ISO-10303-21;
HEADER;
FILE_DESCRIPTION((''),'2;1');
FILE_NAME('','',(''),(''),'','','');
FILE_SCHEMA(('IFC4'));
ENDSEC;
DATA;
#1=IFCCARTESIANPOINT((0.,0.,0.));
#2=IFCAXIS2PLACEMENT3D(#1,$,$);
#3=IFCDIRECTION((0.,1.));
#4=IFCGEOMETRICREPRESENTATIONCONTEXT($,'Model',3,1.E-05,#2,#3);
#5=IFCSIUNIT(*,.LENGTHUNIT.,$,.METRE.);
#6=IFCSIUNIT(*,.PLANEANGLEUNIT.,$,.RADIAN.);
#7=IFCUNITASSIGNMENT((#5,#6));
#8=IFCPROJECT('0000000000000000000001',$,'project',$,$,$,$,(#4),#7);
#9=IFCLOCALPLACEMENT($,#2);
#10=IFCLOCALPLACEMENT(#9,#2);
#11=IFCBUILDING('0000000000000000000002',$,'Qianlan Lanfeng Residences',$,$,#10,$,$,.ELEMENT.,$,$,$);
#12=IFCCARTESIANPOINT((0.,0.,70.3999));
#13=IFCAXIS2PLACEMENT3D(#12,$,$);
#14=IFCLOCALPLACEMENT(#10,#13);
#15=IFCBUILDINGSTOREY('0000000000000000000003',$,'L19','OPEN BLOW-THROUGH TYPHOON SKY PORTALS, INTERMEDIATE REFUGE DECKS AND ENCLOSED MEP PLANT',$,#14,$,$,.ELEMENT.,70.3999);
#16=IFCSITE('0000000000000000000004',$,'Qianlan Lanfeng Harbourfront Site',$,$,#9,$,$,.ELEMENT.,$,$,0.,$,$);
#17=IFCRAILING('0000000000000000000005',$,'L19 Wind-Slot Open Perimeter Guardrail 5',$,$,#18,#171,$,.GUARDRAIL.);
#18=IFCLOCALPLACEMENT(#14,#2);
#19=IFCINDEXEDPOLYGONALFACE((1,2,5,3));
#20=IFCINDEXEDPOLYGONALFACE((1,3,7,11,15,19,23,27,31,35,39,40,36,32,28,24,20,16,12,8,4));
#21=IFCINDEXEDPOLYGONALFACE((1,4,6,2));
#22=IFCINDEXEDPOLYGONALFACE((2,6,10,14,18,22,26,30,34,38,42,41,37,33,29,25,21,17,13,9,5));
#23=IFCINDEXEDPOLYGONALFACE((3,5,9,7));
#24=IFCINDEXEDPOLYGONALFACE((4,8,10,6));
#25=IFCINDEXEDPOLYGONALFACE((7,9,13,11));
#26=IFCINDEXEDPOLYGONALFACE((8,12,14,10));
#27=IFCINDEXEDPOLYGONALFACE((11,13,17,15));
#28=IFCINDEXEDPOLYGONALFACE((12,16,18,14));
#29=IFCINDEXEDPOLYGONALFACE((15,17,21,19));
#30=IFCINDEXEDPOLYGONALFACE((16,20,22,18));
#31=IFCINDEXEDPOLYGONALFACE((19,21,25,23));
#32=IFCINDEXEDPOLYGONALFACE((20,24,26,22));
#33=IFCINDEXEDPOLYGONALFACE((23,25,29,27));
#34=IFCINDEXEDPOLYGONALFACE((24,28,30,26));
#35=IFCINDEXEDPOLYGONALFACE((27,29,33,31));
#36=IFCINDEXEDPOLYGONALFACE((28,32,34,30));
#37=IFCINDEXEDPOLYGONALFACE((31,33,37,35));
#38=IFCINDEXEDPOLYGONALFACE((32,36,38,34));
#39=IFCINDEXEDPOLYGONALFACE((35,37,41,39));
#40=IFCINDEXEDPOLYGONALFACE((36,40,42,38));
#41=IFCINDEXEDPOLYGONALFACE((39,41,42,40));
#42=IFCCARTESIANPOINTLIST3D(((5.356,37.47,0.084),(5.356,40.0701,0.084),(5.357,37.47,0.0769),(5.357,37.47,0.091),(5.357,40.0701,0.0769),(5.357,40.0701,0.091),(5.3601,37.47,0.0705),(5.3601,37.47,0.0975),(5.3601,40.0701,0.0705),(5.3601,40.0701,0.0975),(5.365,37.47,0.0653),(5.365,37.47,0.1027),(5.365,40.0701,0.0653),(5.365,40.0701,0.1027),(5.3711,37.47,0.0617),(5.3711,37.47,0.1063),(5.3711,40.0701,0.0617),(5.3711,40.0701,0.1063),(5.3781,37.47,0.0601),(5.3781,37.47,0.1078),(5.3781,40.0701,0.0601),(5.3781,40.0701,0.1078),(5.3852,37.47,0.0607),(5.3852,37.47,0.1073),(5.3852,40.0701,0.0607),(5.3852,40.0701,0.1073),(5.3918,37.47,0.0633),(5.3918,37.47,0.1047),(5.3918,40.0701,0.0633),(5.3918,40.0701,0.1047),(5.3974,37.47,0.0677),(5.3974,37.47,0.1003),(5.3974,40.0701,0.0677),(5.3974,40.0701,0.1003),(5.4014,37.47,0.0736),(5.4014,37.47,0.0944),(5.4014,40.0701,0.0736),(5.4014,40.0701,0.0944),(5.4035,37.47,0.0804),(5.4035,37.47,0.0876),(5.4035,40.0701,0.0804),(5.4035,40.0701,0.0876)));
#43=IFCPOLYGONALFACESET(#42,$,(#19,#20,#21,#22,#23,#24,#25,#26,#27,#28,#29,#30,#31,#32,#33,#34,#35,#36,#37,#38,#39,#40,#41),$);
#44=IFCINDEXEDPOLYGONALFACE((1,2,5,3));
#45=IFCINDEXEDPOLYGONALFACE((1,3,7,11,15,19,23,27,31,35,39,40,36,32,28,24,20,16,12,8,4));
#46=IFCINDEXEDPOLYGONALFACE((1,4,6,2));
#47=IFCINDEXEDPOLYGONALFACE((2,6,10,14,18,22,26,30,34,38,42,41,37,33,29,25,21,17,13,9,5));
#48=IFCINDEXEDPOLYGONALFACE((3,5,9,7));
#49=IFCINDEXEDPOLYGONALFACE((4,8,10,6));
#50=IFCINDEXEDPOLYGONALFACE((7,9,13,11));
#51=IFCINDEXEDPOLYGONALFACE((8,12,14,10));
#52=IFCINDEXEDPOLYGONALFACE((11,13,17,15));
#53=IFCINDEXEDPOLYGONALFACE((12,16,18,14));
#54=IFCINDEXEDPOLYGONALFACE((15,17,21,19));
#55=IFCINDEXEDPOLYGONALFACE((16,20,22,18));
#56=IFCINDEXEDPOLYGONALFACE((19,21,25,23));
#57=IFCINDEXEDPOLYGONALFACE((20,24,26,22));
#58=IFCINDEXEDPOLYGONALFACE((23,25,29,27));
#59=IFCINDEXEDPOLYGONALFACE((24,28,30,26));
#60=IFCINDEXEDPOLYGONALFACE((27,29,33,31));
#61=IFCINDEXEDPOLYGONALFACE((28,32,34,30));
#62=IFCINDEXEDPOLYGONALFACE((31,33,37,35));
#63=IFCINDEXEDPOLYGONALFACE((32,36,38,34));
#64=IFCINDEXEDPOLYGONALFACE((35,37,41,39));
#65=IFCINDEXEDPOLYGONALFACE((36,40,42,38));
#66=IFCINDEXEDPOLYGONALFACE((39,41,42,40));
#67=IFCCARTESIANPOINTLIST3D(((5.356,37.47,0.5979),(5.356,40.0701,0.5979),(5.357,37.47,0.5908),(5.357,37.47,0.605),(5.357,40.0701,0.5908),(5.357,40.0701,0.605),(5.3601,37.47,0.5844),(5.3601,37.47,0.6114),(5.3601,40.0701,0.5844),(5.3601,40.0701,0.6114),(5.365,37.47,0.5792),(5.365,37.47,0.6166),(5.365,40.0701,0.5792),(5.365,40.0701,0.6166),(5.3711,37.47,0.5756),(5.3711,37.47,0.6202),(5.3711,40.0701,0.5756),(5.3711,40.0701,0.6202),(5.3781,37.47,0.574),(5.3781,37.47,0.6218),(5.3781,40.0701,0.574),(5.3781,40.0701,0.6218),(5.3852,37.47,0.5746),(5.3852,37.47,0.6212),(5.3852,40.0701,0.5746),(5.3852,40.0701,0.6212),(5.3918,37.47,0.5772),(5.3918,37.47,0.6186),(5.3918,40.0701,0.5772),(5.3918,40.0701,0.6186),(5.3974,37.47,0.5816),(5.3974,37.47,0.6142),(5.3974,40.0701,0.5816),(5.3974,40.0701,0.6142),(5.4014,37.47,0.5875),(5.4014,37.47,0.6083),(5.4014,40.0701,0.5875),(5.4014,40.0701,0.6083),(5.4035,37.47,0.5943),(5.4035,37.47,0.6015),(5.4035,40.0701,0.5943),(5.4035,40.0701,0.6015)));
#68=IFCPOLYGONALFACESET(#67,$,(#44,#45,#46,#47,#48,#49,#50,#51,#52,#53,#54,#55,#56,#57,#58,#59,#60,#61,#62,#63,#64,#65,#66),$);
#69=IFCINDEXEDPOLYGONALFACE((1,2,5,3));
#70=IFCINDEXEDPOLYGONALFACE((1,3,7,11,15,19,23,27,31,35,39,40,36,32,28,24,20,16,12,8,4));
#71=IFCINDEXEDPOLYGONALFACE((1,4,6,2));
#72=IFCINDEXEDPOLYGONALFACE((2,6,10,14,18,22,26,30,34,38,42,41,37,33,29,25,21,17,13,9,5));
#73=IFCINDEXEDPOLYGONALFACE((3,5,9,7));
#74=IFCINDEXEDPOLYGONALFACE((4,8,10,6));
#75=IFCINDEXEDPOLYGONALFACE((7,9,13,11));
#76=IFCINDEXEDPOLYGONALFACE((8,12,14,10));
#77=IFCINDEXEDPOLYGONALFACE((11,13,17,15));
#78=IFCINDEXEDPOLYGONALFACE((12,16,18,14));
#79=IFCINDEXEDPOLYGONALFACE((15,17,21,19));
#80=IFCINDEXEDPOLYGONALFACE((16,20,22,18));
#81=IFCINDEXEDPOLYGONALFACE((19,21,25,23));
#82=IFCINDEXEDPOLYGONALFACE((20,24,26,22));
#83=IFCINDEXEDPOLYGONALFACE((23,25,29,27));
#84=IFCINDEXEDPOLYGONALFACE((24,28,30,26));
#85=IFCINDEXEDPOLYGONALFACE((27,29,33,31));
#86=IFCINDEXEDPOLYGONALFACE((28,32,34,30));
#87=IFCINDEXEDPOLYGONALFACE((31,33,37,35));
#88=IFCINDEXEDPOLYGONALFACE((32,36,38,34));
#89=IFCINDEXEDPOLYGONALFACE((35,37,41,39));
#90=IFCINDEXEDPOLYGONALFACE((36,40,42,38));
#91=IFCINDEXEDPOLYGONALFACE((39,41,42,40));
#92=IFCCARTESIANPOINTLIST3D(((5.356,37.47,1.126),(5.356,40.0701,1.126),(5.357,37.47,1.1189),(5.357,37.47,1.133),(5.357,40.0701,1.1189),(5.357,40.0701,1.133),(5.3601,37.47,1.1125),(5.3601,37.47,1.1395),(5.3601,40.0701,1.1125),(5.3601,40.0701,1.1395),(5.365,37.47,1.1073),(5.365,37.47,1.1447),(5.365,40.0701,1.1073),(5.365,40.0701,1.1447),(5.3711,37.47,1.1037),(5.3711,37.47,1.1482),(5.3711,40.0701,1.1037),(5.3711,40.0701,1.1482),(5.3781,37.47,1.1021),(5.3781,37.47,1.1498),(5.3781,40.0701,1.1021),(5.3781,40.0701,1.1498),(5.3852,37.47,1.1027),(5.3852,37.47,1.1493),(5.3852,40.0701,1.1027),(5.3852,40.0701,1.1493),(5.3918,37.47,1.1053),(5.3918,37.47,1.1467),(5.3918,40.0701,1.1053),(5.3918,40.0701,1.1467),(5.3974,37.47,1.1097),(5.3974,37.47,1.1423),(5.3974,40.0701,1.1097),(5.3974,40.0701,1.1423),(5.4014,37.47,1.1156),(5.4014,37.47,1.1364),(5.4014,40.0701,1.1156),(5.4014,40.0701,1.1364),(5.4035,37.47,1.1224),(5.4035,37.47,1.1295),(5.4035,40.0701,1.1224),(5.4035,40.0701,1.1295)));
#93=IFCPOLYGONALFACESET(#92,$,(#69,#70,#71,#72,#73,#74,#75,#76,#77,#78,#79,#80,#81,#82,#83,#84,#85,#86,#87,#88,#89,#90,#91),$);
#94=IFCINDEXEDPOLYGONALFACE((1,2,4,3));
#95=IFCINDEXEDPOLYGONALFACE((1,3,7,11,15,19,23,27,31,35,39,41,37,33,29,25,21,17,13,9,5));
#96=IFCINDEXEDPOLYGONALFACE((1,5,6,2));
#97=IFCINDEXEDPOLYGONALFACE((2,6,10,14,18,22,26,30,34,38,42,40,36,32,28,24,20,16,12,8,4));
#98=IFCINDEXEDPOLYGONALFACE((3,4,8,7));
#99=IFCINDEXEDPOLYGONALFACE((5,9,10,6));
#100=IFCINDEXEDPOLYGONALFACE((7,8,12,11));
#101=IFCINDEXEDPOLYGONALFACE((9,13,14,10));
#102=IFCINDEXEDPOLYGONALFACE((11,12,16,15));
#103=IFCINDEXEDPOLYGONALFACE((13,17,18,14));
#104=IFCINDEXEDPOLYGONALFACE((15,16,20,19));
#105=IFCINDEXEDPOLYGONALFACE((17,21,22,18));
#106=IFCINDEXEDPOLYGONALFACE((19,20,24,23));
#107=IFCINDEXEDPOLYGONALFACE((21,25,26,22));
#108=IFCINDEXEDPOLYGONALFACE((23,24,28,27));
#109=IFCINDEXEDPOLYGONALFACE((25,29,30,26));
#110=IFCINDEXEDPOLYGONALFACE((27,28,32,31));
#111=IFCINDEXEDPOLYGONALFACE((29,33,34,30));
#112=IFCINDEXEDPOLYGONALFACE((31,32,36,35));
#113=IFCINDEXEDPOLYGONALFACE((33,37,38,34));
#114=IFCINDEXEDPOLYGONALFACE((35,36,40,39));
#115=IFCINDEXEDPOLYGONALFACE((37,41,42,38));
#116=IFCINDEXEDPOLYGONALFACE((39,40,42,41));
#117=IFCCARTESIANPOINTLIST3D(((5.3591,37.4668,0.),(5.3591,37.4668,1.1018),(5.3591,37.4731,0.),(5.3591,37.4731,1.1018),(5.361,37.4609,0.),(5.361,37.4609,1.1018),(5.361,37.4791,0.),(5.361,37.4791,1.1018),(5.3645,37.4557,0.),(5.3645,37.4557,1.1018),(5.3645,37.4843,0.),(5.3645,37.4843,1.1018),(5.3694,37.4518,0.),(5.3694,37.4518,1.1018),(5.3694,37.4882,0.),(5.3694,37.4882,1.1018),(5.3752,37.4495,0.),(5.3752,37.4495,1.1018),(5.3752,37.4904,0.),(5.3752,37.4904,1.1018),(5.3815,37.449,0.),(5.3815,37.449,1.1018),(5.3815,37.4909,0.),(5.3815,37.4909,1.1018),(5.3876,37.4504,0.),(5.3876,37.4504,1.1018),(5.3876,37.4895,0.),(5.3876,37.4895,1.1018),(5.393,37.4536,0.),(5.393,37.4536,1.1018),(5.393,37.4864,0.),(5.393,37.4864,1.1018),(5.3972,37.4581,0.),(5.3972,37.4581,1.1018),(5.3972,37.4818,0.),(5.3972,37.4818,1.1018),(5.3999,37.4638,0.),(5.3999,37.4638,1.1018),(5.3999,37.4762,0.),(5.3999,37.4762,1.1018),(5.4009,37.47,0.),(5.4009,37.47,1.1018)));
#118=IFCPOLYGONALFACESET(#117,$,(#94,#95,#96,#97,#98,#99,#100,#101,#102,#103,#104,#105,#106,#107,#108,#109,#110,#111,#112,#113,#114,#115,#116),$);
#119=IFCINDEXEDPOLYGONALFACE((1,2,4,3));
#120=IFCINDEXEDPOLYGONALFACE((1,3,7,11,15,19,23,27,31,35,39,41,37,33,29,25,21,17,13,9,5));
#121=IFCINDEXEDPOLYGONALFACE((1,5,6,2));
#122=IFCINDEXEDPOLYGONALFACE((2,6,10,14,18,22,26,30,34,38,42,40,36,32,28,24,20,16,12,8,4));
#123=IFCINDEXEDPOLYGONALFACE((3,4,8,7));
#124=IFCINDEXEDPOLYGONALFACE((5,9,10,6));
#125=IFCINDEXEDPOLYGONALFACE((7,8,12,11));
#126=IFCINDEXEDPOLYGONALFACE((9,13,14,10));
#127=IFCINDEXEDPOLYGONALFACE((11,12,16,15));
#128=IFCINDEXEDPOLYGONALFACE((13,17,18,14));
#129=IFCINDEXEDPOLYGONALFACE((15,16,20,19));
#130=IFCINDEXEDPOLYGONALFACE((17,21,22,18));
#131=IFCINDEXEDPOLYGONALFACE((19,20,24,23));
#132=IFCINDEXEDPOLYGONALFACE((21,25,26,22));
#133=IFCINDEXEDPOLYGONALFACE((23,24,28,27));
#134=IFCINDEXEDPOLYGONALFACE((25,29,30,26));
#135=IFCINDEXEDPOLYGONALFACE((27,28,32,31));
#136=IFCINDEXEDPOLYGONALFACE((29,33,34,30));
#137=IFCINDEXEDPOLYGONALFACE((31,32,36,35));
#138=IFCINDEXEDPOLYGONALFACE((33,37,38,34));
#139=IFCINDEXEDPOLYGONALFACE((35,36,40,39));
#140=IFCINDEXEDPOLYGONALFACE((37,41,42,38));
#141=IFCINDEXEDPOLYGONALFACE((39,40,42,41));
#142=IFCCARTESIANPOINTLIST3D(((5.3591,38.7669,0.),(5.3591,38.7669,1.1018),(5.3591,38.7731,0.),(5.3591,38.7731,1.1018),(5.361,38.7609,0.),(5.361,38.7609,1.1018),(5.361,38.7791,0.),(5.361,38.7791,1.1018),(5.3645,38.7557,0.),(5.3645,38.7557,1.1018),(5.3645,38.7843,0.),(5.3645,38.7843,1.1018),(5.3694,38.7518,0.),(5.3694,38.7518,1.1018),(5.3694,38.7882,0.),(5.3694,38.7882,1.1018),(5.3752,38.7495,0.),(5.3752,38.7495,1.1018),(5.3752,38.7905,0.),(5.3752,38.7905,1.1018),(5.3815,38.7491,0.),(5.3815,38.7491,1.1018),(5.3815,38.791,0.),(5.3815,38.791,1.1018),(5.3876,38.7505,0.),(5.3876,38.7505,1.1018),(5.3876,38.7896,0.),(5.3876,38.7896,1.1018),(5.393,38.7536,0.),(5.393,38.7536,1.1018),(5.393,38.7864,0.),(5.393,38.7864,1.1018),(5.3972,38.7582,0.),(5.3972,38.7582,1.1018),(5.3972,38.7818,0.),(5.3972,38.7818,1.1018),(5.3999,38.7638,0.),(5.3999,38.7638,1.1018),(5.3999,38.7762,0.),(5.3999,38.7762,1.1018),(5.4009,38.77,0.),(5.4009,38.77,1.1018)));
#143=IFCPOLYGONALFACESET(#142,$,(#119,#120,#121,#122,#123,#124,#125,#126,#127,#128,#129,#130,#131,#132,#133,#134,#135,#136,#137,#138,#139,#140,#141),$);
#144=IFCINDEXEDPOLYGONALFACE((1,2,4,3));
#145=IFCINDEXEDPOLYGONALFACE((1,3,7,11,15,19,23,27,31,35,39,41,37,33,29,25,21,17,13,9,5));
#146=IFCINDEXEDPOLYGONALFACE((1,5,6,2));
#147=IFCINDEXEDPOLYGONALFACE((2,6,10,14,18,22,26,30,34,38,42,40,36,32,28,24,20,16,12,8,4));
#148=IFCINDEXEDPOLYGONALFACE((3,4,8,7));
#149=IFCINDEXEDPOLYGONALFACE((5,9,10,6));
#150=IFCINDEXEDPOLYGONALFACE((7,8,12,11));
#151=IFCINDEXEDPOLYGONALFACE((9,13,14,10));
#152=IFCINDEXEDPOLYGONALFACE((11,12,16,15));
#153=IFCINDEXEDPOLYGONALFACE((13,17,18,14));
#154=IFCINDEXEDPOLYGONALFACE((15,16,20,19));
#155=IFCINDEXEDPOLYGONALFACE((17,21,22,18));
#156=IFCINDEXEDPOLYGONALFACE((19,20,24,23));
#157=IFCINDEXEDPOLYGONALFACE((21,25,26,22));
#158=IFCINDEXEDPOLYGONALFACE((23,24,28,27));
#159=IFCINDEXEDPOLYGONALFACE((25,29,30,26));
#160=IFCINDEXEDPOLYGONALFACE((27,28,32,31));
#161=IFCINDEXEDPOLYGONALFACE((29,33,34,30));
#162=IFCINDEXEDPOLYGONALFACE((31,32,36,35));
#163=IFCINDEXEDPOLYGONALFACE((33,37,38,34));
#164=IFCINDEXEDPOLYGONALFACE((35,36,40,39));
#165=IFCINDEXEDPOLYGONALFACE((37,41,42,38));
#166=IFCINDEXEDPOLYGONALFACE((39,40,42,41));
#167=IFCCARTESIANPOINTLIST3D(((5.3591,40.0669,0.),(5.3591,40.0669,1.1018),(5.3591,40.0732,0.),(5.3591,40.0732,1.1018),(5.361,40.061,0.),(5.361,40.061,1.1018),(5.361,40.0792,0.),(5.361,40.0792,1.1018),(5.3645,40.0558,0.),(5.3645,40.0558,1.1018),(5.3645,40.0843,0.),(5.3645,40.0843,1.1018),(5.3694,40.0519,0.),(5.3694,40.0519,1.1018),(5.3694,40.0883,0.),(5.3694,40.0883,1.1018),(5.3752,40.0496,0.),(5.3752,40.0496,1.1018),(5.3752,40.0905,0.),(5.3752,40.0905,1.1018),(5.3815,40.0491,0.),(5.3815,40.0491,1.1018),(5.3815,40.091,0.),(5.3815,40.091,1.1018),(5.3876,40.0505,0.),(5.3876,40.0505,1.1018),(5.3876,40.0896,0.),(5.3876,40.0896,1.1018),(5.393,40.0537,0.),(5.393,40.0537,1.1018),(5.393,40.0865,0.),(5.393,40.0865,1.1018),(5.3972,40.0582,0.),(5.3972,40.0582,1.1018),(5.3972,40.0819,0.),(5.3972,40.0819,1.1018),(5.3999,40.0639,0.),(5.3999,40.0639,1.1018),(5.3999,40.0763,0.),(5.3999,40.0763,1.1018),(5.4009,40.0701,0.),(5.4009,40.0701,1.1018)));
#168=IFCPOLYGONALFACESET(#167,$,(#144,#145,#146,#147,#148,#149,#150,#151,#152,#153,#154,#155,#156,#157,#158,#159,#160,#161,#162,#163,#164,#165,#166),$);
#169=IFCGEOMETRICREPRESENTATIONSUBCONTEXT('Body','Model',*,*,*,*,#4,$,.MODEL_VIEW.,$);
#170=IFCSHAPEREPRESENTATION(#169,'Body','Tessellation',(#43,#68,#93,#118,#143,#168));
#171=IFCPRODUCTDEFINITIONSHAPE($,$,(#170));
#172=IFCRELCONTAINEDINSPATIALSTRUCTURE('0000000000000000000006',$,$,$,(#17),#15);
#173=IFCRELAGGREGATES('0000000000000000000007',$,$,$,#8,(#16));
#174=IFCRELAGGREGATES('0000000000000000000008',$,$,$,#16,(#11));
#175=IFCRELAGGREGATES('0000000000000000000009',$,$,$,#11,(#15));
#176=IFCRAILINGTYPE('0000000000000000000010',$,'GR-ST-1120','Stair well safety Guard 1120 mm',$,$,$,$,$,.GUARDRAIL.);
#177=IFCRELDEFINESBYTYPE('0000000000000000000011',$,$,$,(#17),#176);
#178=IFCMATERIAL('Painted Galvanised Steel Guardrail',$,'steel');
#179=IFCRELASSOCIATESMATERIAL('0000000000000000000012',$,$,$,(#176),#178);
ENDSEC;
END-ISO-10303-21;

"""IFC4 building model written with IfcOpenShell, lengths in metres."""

from ifc_helpers import new_model, si_unit, direction, frame, origin, origin_2d, place, context, subcontext, project, spatial, circle, extrude, material, type_object, element, save


model = new_model("IFC4")

# Units and contexts
model_context = context("Model", 3, precision=1e-05, world=origin(), true_north=direction((0.0, 1.0)))
body_context = subcontext(model_context, "Body", "Model", "MODEL_VIEW")
ifc_project = project(units=[si_unit("LENGTHUNIT", "METRE"), si_unit("PLANEANGLEUNIT", "RADIAN")], contexts=[model_context])

# Site, building, storey
site_placement = place(None, origin())
site = spatial("IfcSite", under=ifc_project, at=site_placement, Name="Qianlan Lanfeng Harbourfront Site", CompositionType="ELEMENT", RefElevation=0.0)
building_placement = place(site_placement, origin())
building = spatial("IfcBuilding", under=site, at=building_placement, Name="Qianlan Lanfeng Residences", CompositionType="ELEMENT")
storey_placement = place(building_placement, frame((0.0, 0.0, 70.3999)))
storey = spatial("IfcBuildingStorey", under=building, at=storey_placement, Name="L19", Description="OPEN BLOW-THROUGH TYPHOON SKY PORTALS, INTERMEDIATE REFUGE DECKS AND ENCLOSED MEP PLANT", CompositionType="ELEMENT", Elevation=70.3999)

# Railing
ifc_material_1 = material(Name="Painted Galvanised Steel Guardrail", Category="steel")
railing_type_1 = type_object("IfcRailingType", Name="GR-ST-1120", Description="Stair well safety Guard 1120 mm", PredefinedType="GUARDRAIL", material=ifc_material_1)
railing_1_placement = place(storey_placement, frame((5.3799, 37.47, 0.0)))
element("IfcRailing", 1, at=railing_1_placement, inside=storey, type_object=railing_type_1, Name="L19 Wind-Slot Open Perimeter Guardrail 5", PredefinedType="GUARDRAIL", context=body_context, shape_type="SweptSolid", body=[
    extrude(circle(Radius=0.0239, at=origin_2d()), frame((0.0, 0.0, 0.084), z_axis=(0.0, 1.0, 0.0), x_axis=(-1.0, 0.0, 0.0)), (0.0, 0.0, 1.0), 2.6001),
    extrude(circle(Radius=0.0239, at=origin_2d()), frame((0.0, 0.0, 0.5979), z_axis=(0.0, 1.0, 0.0), x_axis=(-1.0, 0.0, 0.0)), (0.0, 0.0, 1.0), 2.6001),
    extrude(circle(Radius=0.0239, at=origin_2d()), frame((0.0, 0.0, 1.126), z_axis=(0.0, 1.0, 0.0), x_axis=(-1.0, 0.0, 0.0)), (0.0, 0.0, 1.0), 2.6001),
    extrude(circle(Radius=0.021, at=origin_2d()), origin(), (0.0, 0.0, 1.0), 1.1018),
    extrude(circle(Radius=0.021, at=origin_2d()), frame((0.0, 1.3, 0.0)), (0.0, 0.0, 1.0), 1.1018),
    extrude(circle(Radius=0.021, at=origin_2d()), frame((0.0, 2.6001, 0.0)), (0.0, 0.0, 1.0), 1.1018),
])

save(model, "model.ifc")
